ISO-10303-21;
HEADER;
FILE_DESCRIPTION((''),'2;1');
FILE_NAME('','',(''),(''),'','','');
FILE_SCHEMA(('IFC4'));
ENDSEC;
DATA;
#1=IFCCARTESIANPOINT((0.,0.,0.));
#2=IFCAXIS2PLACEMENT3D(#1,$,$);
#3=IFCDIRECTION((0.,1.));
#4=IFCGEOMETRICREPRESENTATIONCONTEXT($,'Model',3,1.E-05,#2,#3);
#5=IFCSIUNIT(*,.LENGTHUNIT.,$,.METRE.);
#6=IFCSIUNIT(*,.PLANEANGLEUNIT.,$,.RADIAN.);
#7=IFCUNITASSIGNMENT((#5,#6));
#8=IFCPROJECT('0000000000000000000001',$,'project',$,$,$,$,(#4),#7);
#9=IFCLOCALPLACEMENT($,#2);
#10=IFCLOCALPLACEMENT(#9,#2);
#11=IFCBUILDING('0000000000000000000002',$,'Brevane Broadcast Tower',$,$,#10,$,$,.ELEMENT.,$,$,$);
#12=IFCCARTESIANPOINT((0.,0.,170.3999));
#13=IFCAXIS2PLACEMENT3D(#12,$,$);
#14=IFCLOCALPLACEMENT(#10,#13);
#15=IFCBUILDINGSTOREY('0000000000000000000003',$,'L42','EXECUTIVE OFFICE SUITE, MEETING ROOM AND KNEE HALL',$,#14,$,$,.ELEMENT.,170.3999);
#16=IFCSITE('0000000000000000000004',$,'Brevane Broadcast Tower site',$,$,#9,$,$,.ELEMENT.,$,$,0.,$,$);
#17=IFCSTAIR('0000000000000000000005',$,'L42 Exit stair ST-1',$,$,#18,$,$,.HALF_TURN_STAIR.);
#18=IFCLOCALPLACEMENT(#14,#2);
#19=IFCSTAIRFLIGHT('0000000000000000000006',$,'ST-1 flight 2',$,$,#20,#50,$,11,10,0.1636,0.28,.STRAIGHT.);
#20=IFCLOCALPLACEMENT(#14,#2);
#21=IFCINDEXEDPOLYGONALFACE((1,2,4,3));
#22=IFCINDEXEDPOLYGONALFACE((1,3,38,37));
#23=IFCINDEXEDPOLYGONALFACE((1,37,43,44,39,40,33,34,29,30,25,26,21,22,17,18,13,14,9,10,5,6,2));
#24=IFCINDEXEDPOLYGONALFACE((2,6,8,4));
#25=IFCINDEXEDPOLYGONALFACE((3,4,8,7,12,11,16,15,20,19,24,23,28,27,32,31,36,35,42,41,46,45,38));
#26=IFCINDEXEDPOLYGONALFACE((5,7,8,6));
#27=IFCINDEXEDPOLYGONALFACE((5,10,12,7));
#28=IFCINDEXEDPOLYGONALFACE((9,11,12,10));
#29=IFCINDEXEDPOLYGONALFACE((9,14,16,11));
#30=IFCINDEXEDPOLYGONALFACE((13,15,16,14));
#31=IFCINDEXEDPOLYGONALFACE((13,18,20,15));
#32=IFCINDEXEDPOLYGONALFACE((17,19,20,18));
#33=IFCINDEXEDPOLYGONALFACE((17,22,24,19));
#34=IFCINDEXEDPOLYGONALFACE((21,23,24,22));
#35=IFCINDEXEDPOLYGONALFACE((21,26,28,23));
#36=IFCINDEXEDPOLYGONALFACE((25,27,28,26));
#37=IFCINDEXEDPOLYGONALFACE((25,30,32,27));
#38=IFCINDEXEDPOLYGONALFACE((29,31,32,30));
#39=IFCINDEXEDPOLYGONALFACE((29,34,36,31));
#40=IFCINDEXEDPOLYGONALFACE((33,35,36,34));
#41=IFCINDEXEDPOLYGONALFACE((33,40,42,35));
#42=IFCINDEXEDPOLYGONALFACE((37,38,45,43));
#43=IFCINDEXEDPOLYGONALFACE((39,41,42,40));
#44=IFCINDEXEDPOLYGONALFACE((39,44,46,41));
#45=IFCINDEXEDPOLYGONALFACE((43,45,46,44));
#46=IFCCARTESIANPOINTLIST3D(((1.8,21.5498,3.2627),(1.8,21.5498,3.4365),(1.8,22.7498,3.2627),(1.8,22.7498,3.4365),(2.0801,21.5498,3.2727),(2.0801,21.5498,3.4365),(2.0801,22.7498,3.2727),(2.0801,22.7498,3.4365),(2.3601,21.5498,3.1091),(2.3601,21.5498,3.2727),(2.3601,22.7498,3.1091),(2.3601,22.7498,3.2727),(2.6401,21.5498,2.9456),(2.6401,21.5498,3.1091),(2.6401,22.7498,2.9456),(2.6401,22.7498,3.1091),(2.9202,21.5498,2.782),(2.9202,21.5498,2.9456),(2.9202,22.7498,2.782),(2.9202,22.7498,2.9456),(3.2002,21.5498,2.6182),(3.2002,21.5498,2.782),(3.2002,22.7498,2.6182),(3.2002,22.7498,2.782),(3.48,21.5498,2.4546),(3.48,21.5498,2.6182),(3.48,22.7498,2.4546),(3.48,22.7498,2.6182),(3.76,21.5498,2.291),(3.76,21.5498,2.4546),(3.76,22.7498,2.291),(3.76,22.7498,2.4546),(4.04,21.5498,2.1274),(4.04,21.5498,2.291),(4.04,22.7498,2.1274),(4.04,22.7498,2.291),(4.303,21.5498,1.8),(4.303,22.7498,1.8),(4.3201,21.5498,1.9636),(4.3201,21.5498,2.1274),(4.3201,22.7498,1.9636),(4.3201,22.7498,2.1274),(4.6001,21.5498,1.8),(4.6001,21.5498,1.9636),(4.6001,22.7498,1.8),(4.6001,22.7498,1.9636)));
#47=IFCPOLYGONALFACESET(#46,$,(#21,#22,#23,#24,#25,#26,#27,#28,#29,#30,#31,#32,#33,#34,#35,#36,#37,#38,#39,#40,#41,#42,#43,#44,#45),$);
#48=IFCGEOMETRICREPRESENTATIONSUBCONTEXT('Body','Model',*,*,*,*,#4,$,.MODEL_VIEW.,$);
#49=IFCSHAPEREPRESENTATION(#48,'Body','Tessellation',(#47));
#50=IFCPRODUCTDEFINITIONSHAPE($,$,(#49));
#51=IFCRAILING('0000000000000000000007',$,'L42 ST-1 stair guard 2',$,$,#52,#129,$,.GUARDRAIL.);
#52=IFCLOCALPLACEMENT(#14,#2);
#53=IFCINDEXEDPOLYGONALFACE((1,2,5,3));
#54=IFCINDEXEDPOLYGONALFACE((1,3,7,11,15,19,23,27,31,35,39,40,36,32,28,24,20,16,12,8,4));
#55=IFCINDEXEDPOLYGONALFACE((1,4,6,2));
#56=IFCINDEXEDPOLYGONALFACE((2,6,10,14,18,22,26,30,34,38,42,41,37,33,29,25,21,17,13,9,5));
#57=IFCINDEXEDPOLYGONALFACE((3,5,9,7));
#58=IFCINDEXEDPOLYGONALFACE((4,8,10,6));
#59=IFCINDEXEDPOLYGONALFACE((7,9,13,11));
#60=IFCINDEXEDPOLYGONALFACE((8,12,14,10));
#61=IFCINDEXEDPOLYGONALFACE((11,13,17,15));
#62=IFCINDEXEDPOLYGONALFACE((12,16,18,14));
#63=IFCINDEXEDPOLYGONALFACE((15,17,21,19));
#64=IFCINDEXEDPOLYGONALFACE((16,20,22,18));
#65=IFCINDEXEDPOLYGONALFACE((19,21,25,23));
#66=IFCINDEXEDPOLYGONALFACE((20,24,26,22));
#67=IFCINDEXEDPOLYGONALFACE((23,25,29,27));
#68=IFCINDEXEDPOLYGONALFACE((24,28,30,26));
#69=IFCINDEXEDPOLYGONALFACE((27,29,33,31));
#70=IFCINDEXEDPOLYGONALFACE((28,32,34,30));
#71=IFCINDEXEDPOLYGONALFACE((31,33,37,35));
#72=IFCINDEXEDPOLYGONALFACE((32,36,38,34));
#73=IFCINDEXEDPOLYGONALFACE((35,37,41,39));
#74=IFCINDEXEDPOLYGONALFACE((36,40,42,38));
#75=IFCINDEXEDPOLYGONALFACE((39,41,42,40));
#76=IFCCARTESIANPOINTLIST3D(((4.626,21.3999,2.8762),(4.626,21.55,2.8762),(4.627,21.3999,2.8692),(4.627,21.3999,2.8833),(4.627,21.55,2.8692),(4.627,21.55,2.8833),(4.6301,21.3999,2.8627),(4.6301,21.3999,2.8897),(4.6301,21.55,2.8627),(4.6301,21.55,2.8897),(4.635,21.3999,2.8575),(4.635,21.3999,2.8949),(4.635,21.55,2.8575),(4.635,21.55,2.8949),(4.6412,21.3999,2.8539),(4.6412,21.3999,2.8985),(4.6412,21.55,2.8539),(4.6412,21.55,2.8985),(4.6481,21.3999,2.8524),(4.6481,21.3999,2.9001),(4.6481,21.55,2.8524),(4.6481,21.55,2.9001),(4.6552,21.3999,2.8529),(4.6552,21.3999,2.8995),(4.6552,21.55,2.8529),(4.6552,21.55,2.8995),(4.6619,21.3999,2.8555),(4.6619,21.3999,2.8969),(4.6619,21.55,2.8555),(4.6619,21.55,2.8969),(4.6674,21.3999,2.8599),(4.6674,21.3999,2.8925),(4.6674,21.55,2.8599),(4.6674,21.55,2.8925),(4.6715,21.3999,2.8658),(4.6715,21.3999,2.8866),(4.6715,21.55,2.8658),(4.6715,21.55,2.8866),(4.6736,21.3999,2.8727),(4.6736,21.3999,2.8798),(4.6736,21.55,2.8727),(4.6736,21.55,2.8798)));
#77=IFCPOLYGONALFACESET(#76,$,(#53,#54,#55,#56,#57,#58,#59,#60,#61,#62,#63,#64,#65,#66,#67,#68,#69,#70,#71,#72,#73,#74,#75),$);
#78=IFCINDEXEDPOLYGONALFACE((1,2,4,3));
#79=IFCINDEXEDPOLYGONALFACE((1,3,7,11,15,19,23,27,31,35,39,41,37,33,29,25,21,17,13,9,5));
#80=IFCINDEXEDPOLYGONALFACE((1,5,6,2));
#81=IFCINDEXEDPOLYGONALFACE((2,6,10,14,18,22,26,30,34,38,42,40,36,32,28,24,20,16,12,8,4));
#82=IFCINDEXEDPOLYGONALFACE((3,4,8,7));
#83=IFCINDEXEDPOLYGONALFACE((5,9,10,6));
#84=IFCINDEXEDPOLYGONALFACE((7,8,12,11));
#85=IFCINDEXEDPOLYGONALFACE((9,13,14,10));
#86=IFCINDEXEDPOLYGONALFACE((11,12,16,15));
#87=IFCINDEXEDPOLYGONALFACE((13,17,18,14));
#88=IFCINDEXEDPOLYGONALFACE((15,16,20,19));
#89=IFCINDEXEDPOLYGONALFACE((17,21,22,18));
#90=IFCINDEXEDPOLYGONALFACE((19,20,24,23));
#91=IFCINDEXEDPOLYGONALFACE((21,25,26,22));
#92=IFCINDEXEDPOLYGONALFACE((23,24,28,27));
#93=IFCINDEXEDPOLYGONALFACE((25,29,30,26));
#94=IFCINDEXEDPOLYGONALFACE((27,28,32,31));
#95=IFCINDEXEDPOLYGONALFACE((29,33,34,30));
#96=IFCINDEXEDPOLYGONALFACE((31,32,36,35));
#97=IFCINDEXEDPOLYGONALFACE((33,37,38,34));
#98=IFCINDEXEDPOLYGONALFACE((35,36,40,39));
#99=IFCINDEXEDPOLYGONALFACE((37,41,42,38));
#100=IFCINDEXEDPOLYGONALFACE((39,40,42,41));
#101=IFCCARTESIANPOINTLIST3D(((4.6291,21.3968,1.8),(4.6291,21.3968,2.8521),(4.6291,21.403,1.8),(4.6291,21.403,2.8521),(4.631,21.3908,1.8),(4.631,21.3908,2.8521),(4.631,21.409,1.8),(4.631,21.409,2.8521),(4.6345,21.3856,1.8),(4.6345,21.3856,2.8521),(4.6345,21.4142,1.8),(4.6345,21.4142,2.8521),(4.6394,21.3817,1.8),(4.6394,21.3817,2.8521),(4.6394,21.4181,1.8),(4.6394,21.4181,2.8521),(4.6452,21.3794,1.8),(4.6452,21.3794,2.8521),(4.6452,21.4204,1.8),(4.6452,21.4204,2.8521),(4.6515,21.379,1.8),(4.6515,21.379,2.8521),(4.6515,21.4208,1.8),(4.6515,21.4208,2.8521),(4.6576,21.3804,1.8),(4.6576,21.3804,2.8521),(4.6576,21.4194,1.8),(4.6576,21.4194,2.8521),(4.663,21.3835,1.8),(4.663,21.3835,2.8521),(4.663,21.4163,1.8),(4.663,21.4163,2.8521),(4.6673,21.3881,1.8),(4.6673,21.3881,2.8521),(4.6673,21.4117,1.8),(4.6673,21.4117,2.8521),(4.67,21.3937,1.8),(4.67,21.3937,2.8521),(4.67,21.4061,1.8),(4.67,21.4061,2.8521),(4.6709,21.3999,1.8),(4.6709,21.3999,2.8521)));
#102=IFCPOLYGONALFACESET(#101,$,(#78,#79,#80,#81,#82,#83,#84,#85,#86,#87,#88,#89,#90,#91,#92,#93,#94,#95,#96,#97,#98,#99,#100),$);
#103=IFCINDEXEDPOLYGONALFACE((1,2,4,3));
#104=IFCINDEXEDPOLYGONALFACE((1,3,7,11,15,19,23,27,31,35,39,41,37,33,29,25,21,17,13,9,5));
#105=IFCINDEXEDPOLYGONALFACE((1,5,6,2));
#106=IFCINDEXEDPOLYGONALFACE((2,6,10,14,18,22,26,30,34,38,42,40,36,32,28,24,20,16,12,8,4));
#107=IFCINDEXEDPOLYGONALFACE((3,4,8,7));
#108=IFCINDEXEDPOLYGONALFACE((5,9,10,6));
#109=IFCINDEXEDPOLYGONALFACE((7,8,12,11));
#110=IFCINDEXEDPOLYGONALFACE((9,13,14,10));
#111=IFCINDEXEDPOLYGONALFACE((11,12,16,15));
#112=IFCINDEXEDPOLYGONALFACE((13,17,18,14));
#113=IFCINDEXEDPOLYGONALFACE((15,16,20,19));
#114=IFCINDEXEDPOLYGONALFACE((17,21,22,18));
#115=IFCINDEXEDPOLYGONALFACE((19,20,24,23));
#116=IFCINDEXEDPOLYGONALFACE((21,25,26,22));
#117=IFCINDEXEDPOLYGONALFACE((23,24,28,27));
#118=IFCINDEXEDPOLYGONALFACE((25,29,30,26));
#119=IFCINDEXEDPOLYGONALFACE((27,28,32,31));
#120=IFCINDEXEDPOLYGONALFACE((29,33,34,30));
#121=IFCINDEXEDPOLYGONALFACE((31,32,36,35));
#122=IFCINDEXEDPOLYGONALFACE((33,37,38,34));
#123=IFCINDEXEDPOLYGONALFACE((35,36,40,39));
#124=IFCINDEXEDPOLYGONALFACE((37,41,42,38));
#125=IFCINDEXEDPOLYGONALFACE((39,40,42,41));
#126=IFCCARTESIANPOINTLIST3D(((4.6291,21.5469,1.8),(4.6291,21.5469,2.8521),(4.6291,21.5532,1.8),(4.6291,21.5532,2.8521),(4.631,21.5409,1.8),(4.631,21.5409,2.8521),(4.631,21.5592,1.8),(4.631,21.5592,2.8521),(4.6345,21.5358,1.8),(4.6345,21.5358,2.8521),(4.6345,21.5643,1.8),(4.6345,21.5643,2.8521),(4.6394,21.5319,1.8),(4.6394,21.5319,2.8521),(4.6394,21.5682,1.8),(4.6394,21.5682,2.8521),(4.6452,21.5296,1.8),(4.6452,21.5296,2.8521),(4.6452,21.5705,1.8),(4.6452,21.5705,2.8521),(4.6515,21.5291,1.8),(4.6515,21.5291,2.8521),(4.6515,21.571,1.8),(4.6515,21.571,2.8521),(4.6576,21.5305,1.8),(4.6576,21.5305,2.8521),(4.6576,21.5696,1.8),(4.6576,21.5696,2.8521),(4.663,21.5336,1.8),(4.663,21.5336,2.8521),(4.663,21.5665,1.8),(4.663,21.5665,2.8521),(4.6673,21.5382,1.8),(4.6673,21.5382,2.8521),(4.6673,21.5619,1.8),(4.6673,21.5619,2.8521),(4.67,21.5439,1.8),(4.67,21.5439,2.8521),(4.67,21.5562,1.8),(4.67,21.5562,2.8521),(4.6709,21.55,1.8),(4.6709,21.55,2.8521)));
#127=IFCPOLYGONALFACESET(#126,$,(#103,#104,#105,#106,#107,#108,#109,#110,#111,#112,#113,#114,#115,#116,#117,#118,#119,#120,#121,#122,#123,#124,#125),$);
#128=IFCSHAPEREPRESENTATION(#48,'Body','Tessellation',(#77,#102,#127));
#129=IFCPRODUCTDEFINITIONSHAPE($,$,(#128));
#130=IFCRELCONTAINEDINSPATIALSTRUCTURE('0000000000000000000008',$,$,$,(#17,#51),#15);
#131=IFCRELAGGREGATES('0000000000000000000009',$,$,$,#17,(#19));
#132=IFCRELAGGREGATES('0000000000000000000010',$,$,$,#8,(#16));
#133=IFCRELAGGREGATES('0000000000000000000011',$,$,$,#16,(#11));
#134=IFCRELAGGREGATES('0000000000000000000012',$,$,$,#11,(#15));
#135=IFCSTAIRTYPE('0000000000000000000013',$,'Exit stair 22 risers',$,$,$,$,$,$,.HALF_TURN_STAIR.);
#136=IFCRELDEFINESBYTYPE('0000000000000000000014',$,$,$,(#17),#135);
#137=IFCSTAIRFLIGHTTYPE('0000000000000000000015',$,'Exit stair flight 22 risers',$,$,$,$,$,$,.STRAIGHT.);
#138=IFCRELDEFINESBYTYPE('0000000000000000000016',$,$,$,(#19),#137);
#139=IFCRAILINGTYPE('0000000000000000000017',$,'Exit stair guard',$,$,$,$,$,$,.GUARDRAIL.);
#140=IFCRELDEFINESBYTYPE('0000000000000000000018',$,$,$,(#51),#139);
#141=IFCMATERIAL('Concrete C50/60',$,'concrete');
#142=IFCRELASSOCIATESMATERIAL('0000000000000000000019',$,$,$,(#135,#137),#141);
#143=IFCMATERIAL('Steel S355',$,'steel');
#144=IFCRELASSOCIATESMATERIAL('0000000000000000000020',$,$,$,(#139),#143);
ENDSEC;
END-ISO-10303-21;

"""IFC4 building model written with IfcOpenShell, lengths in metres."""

from ifc_helpers import new_model, si_unit, direction, frame, origin, origin_2d, place, context, subcontext, project, spatial, polyline, circle, outline, extrude, material, type_object, element, aggregate, save


model = new_model("IFC4")

# Units and contexts
model_context = context("Model", 3, precision=1e-05, world=origin(), true_north=direction((0.0, 1.0)))
body_context = subcontext(model_context, "Body", "Model", "MODEL_VIEW")
ifc_project = project(units=[si_unit("LENGTHUNIT", "METRE"), si_unit("PLANEANGLEUNIT", "RADIAN")], contexts=[model_context])

# Site, building, storey
site_placement = place(None, origin())
site = spatial("IfcSite", under=ifc_project, at=site_placement, Name="Brevane Broadcast Tower site", CompositionType="ELEMENT", RefElevation=0.0)
building_placement = place(site_placement, origin())
building = spatial("IfcBuilding", under=site, at=building_placement, Name="Brevane Broadcast Tower", CompositionType="ELEMENT")
storey_placement = place(building_placement, frame((0.0, 0.0, 170.3999)))
storey = spatial("IfcBuildingStorey", under=building, at=storey_placement, Name="L42", Description="EXECUTIVE OFFICE SUITE, MEETING ROOM AND KNEE HALL", CompositionType="ELEMENT", Elevation=170.3999)

# Stair, stair flight
ifc_material_1 = material(Name="Concrete C50/60", Category="concrete")
stair_type = type_object("IfcStairType", Name="Exit stair 22 risers", PredefinedType="HALF_TURN_STAIR", material=ifc_material_1)
stair_placement = place(storey_placement, origin())
stair = element("IfcStair", 1, at=stair_placement, inside=storey, type_object=stair_type, Name="L42 Exit stair ST-1", PredefinedType="HALF_TURN_STAIR")
stair_flight_type = type_object("IfcStairFlightType", Name="Exit stair flight 22 risers", PredefinedType="STRAIGHT", material=ifc_material_1)
stair_flight_placement = place(storey_placement, frame((4.6001, 22.1499, 1.8), z_axis=(0.0, 0.0, 1.0), x_axis=(-1.0, 0.0, 0.0)))
stair_flight = element("IfcStairFlight", 2, at=stair_flight_placement, type_object=stair_flight_type, Name="ST-1 flight 2", NumberOfRisers=11, NumberOfTreads=10, PredefinedType="STRAIGHT", RiserHeight=0.1636, TreadLength=0.28, context=body_context, shape_type="SweptSolid", body=[
    extrude(outline(polyline([(0.0, 0.0), (0.0, 0.1636), (0.28, 0.1636), (0.28, 0.3274), (0.5601, 0.3274), (0.5601, 0.491), (0.8401, 0.491), (0.8401, 0.6545), (1.1201, 0.6545), (1.1201, 0.8181), (1.3999, 0.8181), (1.3999, 0.9819), (1.6799, 0.9819), (1.6799, 1.1455), (1.96, 1.1455), (1.96, 1.3091), (2.24, 1.3091), (2.24, 1.4727), (2.52, 1.4727), (2.52, 1.6365), (2.8, 1.6365), (2.8, 1.8), (2.8, 1.4626), (0.2971, 0.0), (0.0, 0.0)])), frame((0.0, 0.6001, 0.0), z_axis=(0.0, -1.0, 0.0), x_axis=(1.0, 0.0, 0.0)), (0.0, 0.0, 1.0), 1.2),
])
aggregate(stair, [stair_flight])

# Railing
ifc_material_2 = material(Name="Steel S355", Category="steel")
railing_type_1 = type_object("IfcRailingType", Name="Exit stair guard", PredefinedType="GUARDRAIL", material=ifc_material_2)
railing_1_placement = place(storey_placement, frame((4.6499, 21.3999, 1.8)))
element("IfcRailing", 3, at=railing_1_placement, inside=storey, type_object=railing_type_1, Name="L42 ST-1 stair guard 2", PredefinedType="GUARDRAIL", context=body_context, shape_type="SweptSolid", body=[
    extrude(circle(Radius=0.0239, at=origin_2d()), frame((0.0, 0.0, 1.0762), z_axis=(0.0, 1.0, 0.0), x_axis=(-1.0, 0.0, 0.0)), (0.0, 0.0, 1.0), 0.1501),
    extrude(circle(Radius=0.021, at=origin_2d()), origin(), (0.0, 0.0, 1.0), 1.052),
    extrude(circle(Radius=0.021, at=origin_2d()), frame((0.0, 0.1501, 0.0)), (0.0, 0.0, 1.0), 1.052),
])

save(model, "model.ifc")
